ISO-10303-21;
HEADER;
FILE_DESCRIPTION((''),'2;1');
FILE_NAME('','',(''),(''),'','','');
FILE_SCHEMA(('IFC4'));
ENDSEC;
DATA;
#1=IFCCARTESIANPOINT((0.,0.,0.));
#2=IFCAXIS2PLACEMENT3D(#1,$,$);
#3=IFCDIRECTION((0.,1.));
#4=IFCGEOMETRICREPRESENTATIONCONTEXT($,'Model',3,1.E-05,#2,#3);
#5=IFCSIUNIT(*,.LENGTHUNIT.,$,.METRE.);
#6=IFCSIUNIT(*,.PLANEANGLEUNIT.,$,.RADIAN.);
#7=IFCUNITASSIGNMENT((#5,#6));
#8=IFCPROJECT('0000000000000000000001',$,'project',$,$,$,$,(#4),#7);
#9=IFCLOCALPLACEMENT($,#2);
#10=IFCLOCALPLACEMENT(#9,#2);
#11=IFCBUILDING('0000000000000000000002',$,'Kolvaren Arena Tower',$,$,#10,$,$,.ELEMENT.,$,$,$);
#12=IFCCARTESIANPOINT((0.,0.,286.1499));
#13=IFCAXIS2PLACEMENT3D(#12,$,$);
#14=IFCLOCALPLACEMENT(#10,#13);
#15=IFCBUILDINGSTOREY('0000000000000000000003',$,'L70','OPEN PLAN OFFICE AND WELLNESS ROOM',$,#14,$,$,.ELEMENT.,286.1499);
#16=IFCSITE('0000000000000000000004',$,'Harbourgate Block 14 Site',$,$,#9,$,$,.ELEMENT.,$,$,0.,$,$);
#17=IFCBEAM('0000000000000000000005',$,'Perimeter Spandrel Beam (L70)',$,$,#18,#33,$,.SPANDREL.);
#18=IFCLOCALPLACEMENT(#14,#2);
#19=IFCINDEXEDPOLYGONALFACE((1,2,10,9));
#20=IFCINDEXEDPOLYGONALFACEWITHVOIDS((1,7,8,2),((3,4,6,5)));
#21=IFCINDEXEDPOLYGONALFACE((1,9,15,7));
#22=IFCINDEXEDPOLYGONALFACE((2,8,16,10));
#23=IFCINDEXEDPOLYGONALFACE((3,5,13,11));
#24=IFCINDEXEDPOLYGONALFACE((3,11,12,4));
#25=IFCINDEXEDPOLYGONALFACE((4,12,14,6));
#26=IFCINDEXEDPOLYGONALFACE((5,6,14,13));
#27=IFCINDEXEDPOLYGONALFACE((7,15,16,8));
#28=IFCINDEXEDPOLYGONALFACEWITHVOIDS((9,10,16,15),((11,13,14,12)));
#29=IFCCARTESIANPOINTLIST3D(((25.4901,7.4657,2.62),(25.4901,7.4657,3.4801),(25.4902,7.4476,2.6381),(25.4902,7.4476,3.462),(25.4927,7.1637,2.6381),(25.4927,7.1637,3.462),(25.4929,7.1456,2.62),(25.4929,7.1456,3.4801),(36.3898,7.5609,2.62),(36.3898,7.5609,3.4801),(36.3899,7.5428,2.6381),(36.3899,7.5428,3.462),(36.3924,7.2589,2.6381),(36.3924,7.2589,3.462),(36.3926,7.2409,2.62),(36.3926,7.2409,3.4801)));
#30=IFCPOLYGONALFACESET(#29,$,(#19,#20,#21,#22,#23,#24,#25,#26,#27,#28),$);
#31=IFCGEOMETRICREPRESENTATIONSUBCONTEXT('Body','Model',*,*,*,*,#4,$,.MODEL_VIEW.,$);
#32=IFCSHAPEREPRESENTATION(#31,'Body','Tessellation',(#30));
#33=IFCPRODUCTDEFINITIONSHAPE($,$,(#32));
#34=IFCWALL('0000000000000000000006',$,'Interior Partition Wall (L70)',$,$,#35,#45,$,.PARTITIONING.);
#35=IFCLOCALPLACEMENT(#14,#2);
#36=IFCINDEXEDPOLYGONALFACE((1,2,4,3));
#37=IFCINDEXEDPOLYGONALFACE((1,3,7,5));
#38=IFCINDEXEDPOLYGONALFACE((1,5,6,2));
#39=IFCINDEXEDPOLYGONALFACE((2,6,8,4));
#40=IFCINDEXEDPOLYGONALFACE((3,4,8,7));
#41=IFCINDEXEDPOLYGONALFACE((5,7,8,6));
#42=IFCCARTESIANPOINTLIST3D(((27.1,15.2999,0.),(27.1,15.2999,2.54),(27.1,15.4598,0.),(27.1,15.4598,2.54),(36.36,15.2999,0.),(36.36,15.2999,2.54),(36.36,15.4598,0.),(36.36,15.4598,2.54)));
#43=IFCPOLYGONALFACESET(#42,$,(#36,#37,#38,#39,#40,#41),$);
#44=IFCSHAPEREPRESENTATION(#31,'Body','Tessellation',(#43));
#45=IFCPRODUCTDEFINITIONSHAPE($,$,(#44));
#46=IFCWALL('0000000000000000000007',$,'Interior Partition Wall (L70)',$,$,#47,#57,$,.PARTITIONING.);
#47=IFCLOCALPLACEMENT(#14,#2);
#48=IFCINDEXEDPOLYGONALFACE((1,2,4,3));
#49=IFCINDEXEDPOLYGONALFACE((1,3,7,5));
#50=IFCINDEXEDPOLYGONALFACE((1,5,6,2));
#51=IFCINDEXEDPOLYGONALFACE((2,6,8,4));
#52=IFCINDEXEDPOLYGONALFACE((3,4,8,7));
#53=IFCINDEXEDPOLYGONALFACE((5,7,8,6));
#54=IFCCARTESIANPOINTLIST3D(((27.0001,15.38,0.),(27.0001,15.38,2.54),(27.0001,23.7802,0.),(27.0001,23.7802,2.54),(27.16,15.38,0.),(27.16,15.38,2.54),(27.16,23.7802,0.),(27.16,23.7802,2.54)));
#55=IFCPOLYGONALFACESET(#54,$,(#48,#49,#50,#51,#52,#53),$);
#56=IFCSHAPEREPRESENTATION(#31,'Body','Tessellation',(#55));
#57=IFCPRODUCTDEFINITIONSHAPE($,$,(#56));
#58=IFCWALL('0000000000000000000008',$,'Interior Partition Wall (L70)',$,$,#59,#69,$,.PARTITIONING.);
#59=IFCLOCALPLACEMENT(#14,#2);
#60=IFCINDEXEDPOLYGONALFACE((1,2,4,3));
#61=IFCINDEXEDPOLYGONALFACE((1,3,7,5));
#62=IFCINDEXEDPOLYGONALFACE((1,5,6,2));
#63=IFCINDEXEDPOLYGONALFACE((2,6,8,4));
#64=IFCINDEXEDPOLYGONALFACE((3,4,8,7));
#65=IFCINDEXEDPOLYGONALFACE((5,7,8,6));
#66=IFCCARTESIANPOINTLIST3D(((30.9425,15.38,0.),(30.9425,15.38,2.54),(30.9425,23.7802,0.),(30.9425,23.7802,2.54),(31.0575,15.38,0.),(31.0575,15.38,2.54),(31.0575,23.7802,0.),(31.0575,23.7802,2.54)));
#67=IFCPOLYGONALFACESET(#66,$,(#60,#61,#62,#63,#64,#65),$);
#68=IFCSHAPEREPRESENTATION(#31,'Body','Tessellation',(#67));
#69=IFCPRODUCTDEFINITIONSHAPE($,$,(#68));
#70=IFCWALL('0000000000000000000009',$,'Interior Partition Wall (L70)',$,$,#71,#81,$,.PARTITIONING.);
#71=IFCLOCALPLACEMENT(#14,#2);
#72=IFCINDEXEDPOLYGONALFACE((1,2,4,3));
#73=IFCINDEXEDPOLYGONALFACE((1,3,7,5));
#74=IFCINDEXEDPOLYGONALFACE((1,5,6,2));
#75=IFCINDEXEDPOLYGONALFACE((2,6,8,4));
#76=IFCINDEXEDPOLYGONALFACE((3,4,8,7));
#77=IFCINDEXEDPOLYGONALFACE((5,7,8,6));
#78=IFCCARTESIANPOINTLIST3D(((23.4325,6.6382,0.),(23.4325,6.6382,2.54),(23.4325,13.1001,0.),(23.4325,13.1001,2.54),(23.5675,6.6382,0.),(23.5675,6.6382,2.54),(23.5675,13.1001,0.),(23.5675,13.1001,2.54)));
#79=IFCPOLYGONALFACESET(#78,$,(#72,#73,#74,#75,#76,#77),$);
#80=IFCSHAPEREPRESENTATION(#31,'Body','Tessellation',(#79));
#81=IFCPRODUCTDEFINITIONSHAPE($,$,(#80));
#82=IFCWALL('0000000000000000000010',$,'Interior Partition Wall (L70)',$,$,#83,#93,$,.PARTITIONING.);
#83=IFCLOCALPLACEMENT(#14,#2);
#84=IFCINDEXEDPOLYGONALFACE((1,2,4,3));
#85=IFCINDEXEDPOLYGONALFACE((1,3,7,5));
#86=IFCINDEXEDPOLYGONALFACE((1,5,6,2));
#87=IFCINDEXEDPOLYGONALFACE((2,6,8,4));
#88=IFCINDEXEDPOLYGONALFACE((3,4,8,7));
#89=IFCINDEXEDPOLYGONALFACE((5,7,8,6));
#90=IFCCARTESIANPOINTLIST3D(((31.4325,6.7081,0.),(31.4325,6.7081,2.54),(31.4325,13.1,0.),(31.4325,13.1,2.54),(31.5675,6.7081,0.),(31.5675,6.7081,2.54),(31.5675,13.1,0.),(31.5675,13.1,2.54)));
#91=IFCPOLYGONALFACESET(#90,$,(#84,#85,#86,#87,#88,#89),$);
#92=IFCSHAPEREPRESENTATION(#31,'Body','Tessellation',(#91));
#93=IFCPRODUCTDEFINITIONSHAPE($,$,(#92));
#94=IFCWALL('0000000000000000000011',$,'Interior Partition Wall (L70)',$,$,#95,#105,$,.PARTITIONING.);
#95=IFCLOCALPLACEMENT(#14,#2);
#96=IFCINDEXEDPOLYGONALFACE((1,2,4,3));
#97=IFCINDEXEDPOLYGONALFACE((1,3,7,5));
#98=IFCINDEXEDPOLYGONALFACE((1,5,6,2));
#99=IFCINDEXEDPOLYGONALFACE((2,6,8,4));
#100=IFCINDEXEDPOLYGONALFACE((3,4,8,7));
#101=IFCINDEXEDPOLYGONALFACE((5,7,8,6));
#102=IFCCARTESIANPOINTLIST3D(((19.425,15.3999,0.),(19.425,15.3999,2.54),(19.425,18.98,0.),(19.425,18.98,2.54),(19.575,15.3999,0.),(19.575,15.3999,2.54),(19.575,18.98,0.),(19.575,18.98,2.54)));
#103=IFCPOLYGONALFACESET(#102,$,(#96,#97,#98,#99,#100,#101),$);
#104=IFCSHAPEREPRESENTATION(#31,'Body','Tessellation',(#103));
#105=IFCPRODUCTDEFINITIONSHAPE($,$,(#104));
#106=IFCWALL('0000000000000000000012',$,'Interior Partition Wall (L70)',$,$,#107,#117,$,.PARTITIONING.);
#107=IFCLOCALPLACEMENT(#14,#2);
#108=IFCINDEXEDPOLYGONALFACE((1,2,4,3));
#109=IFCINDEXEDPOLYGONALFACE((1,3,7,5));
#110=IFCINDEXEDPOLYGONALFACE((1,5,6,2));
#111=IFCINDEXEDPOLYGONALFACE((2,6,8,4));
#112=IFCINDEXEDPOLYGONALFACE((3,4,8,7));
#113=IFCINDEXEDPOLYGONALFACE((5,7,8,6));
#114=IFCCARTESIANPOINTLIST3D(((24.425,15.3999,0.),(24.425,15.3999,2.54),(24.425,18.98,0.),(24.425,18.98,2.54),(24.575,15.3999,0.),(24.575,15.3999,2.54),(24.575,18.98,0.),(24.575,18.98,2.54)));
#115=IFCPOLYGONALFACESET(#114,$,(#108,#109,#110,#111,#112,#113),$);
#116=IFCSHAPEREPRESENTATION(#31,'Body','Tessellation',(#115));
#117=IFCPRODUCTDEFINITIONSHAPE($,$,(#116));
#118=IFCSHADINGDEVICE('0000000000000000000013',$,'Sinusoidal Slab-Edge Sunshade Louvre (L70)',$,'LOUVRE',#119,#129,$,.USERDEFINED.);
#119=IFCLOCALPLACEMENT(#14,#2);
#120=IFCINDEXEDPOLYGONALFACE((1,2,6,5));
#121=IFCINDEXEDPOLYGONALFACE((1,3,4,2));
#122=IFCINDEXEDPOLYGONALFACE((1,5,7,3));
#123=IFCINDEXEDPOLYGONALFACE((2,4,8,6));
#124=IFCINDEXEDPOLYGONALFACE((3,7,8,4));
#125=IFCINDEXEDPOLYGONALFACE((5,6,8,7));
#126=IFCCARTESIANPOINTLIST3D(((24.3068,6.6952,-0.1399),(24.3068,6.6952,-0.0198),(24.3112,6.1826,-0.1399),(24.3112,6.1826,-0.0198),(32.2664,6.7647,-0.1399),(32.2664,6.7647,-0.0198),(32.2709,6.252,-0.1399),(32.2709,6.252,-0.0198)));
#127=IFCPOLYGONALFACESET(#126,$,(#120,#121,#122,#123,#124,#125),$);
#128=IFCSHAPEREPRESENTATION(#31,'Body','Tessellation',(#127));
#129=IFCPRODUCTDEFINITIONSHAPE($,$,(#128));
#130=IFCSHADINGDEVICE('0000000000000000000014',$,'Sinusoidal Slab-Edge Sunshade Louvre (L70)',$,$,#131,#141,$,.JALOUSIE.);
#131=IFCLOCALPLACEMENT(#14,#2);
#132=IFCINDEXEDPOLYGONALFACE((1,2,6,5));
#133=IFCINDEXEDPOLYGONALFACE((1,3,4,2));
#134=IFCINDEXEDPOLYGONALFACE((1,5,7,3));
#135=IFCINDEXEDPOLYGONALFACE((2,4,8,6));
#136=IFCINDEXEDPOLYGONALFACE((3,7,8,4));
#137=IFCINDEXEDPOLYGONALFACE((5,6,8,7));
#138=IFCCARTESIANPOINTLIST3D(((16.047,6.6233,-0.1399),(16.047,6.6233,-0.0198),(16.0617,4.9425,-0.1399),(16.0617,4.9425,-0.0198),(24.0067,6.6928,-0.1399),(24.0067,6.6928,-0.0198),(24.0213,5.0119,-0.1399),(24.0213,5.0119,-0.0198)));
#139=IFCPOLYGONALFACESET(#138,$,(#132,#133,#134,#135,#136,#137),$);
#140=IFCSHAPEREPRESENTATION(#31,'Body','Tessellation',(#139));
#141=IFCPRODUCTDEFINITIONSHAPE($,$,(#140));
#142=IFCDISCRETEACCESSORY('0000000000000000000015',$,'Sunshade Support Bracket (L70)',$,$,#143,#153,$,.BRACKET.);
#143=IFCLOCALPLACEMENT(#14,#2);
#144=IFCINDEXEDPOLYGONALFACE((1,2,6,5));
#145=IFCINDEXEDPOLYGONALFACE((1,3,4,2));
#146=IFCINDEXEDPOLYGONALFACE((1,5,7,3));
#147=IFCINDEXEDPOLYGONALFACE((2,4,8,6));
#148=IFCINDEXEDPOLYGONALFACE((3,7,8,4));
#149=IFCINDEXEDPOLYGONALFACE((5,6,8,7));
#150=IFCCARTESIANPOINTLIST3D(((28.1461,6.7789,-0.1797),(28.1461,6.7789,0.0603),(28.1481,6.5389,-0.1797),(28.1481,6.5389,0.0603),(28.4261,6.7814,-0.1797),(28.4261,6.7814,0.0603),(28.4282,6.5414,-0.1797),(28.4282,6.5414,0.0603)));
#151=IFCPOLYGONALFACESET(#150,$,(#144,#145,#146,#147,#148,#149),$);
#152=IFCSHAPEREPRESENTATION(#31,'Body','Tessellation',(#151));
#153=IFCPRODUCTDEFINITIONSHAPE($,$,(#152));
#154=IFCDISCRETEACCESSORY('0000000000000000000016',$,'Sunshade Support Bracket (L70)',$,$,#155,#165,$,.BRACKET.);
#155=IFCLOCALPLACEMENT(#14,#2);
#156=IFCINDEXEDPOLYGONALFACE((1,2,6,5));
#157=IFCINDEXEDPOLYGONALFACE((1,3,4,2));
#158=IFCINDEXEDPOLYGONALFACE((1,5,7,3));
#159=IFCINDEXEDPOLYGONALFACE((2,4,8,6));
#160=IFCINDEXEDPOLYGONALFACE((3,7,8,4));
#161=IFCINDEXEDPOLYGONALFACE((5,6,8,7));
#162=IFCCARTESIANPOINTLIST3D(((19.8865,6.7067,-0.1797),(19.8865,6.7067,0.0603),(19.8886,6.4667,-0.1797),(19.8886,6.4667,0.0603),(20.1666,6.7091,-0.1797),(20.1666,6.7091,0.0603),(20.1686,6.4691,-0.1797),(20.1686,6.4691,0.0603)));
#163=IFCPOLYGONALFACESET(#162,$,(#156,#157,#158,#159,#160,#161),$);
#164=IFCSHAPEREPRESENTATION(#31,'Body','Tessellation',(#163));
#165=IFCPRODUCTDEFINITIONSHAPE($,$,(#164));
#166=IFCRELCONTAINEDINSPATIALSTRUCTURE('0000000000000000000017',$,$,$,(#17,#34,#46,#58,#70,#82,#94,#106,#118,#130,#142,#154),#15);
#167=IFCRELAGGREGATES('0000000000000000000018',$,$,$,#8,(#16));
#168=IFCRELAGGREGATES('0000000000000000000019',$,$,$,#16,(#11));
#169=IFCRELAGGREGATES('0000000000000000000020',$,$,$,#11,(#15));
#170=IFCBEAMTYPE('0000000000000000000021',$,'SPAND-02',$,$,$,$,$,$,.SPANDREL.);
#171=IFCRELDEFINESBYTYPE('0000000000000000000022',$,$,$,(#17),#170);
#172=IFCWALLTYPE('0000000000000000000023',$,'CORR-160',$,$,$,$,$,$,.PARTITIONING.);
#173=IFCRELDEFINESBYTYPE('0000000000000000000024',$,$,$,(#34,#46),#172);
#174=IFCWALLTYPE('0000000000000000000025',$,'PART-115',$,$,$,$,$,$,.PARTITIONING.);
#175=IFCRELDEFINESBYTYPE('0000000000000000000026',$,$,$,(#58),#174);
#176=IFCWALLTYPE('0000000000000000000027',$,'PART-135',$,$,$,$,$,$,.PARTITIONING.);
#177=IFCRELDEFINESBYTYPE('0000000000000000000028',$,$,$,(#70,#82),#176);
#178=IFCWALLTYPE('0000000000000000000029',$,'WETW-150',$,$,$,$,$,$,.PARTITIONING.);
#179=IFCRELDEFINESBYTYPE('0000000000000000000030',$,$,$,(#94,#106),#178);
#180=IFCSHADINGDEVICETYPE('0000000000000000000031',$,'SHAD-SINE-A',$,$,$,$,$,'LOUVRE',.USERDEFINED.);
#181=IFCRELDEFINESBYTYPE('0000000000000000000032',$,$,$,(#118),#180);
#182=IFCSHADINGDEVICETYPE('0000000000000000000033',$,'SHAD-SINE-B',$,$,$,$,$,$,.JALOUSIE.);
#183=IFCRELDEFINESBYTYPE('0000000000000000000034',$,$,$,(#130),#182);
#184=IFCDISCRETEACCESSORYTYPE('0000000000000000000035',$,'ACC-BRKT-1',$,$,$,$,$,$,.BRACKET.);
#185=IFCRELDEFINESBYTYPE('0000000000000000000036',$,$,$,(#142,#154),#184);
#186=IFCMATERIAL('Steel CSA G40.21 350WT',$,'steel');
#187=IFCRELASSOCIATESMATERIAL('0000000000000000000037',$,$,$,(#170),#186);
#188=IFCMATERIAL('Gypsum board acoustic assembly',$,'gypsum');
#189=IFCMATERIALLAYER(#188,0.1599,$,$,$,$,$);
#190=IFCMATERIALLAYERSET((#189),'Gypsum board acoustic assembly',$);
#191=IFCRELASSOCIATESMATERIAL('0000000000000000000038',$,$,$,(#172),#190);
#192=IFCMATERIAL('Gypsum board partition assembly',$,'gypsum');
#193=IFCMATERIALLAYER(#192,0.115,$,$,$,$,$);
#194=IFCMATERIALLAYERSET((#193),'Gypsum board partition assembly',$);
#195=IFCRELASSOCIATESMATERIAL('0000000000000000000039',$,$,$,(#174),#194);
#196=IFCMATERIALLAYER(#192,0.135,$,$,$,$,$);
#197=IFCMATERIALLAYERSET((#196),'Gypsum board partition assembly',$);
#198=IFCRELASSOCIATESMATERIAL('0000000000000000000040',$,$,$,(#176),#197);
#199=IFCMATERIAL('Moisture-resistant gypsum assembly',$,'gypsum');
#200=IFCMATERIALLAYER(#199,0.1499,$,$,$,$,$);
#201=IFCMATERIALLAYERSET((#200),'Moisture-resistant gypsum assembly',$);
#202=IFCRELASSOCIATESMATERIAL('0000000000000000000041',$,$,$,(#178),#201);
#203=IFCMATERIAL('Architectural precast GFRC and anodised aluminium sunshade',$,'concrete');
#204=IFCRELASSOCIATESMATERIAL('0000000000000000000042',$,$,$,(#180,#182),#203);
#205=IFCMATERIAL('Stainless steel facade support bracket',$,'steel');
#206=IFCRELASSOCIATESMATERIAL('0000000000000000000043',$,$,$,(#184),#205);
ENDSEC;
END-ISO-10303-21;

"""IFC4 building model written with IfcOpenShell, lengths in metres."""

from ifc_helpers import new_model, si_unit, direction, frame, frame_2d, origin, origin_2d, place, context, subcontext, project, spatial, rectangle, hollow_rectangle, extrude, material, layer, layer_set, material_profile, profile_set, type_object, element, save


model = new_model("IFC4")

# Units and contexts
model_context = context("Model", 3, precision=1e-05, world=origin(), true_north=direction((0.0, 1.0)))
body_context = subcontext(model_context, "Body", "Model", "MODEL_VIEW")
ifc_project = project(units=[si_unit("LENGTHUNIT", "METRE"), si_unit("PLANEANGLEUNIT", "RADIAN")], contexts=[model_context])

# Site, building, storey
site_placement = place(None, origin())
site = spatial("IfcSite", under=ifc_project, at=site_placement, Name="Harbourgate Block 14 Site", CompositionType="ELEMENT", RefElevation=0.0)
building_placement = place(site_placement, origin())
building = spatial("IfcBuilding", under=site, at=building_placement, Name="Kolvaren Arena Tower", CompositionType="ELEMENT")
storey_placement = place(building_placement, frame((0.0, 0.0, 286.1499)))
storey = spatial("IfcBuildingStorey", under=building, at=storey_placement, Name="L70", Description="OPEN PLAN OFFICE AND WELLNESS ROOM", CompositionType="ELEMENT", Elevation=286.1499)

# Beam
ifc_material_1 = material(Name="Steel CSA G40.21 350WT", Category="steel")
ifc_material_profile_1 = material_profile(ifc_material_1, hollow_rectangle(XDim=0.3201, YDim=0.8601, WallThickness=0.0181, at=origin_2d()), Name="HSS 860x320x18")
ifc_profile_set_1 = profile_set([ifc_material_profile_1], Name="Steel CSA G40.21 350WT")
beam_type_1 = type_object("IfcBeamType", Name="SPAND-02", PredefinedType="SPANDREL", material=ifc_profile_set_1)
beam_1_placement = place(storey_placement, frame((25.4915, 7.3057, 3.05), z_axis=(0.999962, 0.008735, 0.0), x_axis=(-0.008735, 0.999962, 0.0)))
element("IfcBeam", 1, at=beam_1_placement, inside=storey, type_object=beam_type_1, Name="Perimeter Spandrel Beam (L70)", PredefinedType="SPANDREL", context=body_context, shape_type="SweptSolid", body=[
    extrude(hollow_rectangle(XDim=0.3201, YDim=0.8601, WallThickness=0.0181, at=origin_2d()), origin(), (0.0, 0.0, 1.0), 10.9001),
])

# Walls
ifc_material_2 = material(Name="Gypsum board acoustic assembly", Category="gypsum")
ifc_layer_1 = layer(ifc_material_2, 0.1599)
ifc_layer_set_1 = layer_set([ifc_layer_1], Name="Gypsum board acoustic assembly")
wall_type_1 = type_object("IfcWallType", Name="CORR-160", PredefinedType="PARTITIONING", material=ifc_layer_set_1)
wall_1_placement = place(storey_placement, frame((27.1001, 15.3799, 0.0), z_axis=(0.0, 0.0, 1.0), x_axis=(1.0, 0.0, 0.0)))
element("IfcWall", 2, at=wall_1_placement, inside=storey, type_object=wall_type_1, Name="Interior Partition Wall (L70)", PredefinedType="PARTITIONING", context=body_context, shape_type="SweptSolid", body=[
    extrude(rectangle(XDim=9.26, YDim=0.1599, at=frame_2d((4.6299, 0.0))), origin(), (0.0, 0.0, 1.0), 2.54),
])
wall_2_placement = place(storey_placement, frame((27.0801, 15.3799, 0.0), z_axis=(0.0, 0.0, 1.0), x_axis=(0.0, 1.0, 0.0)))
element("IfcWall", 3, at=wall_2_placement, inside=storey, type_object=wall_type_1, Name="Interior Partition Wall (L70)", PredefinedType="PARTITIONING", context=body_context, shape_type="SweptSolid", body=[
    extrude(rectangle(XDim=8.4001, YDim=0.1599, at=frame_2d((4.2002, 0.0))), origin(), (0.0, 0.0, 1.0), 2.54),
])
ifc_material_3 = material(Name="Gypsum board partition assembly", Category="gypsum")
ifc_layer_2 = layer(ifc_material_3, 0.115)
ifc_layer_set_2 = layer_set([ifc_layer_2], Name="Gypsum board partition assembly")
wall_type_2 = type_object("IfcWallType", Name="PART-115", PredefinedType="PARTITIONING", material=ifc_layer_set_2)
wall_3_placement = place(storey_placement, frame((31.0, 15.3799, 0.0), z_axis=(0.0, 0.0, 1.0), x_axis=(0.0, 1.0, 0.0)))
element("IfcWall", 4, at=wall_3_placement, inside=storey, type_object=wall_type_2, Name="Interior Partition Wall (L70)", PredefinedType="PARTITIONING", context=body_context, shape_type="SweptSolid", body=[
    extrude(rectangle(XDim=8.4001, YDim=0.115, at=frame_2d((4.2002, 0.0))), origin(), (0.0, 0.0, 1.0), 2.54),
])
ifc_layer_3 = layer(ifc_material_3, 0.135)
ifc_layer_set_3 = layer_set([ifc_layer_3], Name="Gypsum board partition assembly")
wall_type_3 = type_object("IfcWallType", Name="PART-135", PredefinedType="PARTITIONING", material=ifc_layer_set_3)
wall_4_placement = place(storey_placement, frame((23.5, 6.6382, 0.0), z_axis=(0.0, 0.0, 1.0), x_axis=(0.0, 1.0, 0.0)))
element("IfcWall", 5, at=wall_4_placement, inside=storey, type_object=wall_type_3, Name="Interior Partition Wall (L70)", PredefinedType="PARTITIONING", context=body_context, shape_type="SweptSolid", body=[
    extrude(rectangle(XDim=6.4619, YDim=0.135, at=frame_2d((3.231, 0.0))), origin(), (0.0, 0.0, 1.0), 2.54),
])
wall_5_placement = place(storey_placement, frame((31.5, 6.7083, 0.0), z_axis=(0.0, 0.0, 1.0), x_axis=(0.0, 1.0, 0.0)))
element("IfcWall", 6, at=wall_5_placement, inside=storey, type_object=wall_type_3, Name="Interior Partition Wall (L70)", PredefinedType="PARTITIONING", context=body_context, shape_type="SweptSolid", body=[
    extrude(rectangle(XDim=6.3918, YDim=0.135, at=frame_2d((3.1958, 0.0))), origin(), (0.0, 0.0, 1.0), 2.54),
])
ifc_material_4 = material(Name="Moisture-resistant gypsum assembly", Category="gypsum")
ifc_layer_4 = layer(ifc_material_4, 0.1499)
ifc_layer_set_4 = layer_set([ifc_layer_4], Name="Moisture-resistant gypsum assembly")
wall_type_4 = type_object("IfcWallType", Name="WETW-150", PredefinedType="PARTITIONING", material=ifc_layer_set_4)
for number, where, z_axis, x_axis, name in (
    (7, (19.5, 15.3999, 0.0), (0.0, 0.0, 1.0), (0.0, 1.0, 0.0), "Interior Partition Wall (L70)"),
    (8, (24.5, 15.3999, 0.0), (0.0, 0.0, 1.0), (0.0, 1.0, 0.0), "Interior Partition Wall (L70)"),
):
    element("IfcWall", number, at=place(storey_placement, frame(where, z_axis=z_axis, x_axis=x_axis)), inside=storey, type_object=wall_type_4, Name=name, PredefinedType="PARTITIONING", context=body_context, shape_type="SweptSolid", body=[
        extrude(rectangle(XDim=3.5801, YDim=0.1499, at=frame_2d((1.79, 0.0))), origin(), (0.0, 0.0, 1.0), 2.54),
    ])

# Shading devices
ifc_material_5 = material(Name="Architectural precast GFRC and anodised aluminium sunshade", Category="concrete")
shading_device_type_1 = type_object("IfcShadingDeviceType", Name="SHAD-SINE-A", ElementType="LOUVRE", PredefinedType="USERDEFINED", material=ifc_material_5)
shading_device_1_placement = place(storey_placement, frame((28.2888, 6.4736, -0.1399), z_axis=(0.0, 0.0, 1.0), x_axis=(-0.999962, -0.008727, 0.0)))
element("IfcShadingDevice", 9, at=shading_device_1_placement, inside=storey, type_object=shading_device_type_1, Name="Sinusoidal Slab-Edge Sunshade Louvre (L70)", ObjectType="LOUVRE", PredefinedType="USERDEFINED", context=body_context, shape_type="SweptSolid", body=[
    extrude(rectangle(XDim=7.96, YDim=0.5127, at=origin_2d()), origin(), (0.0, 0.0, 1.0), 0.1201),
])
shading_device_type_2 = type_object("IfcShadingDeviceType", Name="SHAD-SINE-B", PredefinedType="JALOUSIE", material=ifc_material_5)
shading_device_2_placement = place(storey_placement, frame((20.0342, 5.8176, -0.1399), z_axis=(0.0, 0.0, 1.0), x_axis=(-0.999962, -0.008727, 0.0)))
element("IfcShadingDevice", 10, at=shading_device_2_placement, inside=storey, type_object=shading_device_type_2, Name="Sinusoidal Slab-Edge Sunshade Louvre (L70)", PredefinedType="JALOUSIE", context=body_context, shape_type="SweptSolid", body=[
    extrude(rectangle(XDim=7.96, YDim=1.6809, at=origin_2d()), origin(), (0.0, 0.0, 1.0), 0.1201),
])

# Discrete accessories
ifc_material_6 = material(Name="Stainless steel facade support bracket", Category="steel")
discrete_accessory_type = type_object("IfcDiscreteAccessoryType", Name="ACC-BRKT-1", PredefinedType="BRACKET", material=ifc_material_6)
for number, where, z_axis, x_axis, name in (
    (11, (28.2871, 6.6602, -0.1797), (0.0, 0.0, 1.0), (-0.999962, -0.008727, 0.0), "Sunshade Support Bracket (L70)"),
    (12, (20.0276, 6.5879, -0.1797), (0.0, 0.0, 1.0), (-0.999962, -0.008727, 0.0), "Sunshade Support Bracket (L70)"),
):
    element("IfcDiscreteAccessory", number, at=place(storey_placement, frame(where, z_axis=z_axis, x_axis=x_axis)), inside=storey, type_object=discrete_accessory_type, Name=name, PredefinedType="BRACKET", context=body_context, shape_type="SweptSolid", body=[
        extrude(rectangle(XDim=0.28, YDim=0.24, at=origin_2d()), origin(), (0.0, 0.0, 1.0), 0.24),
    ])

save(model, "model.ifc")
